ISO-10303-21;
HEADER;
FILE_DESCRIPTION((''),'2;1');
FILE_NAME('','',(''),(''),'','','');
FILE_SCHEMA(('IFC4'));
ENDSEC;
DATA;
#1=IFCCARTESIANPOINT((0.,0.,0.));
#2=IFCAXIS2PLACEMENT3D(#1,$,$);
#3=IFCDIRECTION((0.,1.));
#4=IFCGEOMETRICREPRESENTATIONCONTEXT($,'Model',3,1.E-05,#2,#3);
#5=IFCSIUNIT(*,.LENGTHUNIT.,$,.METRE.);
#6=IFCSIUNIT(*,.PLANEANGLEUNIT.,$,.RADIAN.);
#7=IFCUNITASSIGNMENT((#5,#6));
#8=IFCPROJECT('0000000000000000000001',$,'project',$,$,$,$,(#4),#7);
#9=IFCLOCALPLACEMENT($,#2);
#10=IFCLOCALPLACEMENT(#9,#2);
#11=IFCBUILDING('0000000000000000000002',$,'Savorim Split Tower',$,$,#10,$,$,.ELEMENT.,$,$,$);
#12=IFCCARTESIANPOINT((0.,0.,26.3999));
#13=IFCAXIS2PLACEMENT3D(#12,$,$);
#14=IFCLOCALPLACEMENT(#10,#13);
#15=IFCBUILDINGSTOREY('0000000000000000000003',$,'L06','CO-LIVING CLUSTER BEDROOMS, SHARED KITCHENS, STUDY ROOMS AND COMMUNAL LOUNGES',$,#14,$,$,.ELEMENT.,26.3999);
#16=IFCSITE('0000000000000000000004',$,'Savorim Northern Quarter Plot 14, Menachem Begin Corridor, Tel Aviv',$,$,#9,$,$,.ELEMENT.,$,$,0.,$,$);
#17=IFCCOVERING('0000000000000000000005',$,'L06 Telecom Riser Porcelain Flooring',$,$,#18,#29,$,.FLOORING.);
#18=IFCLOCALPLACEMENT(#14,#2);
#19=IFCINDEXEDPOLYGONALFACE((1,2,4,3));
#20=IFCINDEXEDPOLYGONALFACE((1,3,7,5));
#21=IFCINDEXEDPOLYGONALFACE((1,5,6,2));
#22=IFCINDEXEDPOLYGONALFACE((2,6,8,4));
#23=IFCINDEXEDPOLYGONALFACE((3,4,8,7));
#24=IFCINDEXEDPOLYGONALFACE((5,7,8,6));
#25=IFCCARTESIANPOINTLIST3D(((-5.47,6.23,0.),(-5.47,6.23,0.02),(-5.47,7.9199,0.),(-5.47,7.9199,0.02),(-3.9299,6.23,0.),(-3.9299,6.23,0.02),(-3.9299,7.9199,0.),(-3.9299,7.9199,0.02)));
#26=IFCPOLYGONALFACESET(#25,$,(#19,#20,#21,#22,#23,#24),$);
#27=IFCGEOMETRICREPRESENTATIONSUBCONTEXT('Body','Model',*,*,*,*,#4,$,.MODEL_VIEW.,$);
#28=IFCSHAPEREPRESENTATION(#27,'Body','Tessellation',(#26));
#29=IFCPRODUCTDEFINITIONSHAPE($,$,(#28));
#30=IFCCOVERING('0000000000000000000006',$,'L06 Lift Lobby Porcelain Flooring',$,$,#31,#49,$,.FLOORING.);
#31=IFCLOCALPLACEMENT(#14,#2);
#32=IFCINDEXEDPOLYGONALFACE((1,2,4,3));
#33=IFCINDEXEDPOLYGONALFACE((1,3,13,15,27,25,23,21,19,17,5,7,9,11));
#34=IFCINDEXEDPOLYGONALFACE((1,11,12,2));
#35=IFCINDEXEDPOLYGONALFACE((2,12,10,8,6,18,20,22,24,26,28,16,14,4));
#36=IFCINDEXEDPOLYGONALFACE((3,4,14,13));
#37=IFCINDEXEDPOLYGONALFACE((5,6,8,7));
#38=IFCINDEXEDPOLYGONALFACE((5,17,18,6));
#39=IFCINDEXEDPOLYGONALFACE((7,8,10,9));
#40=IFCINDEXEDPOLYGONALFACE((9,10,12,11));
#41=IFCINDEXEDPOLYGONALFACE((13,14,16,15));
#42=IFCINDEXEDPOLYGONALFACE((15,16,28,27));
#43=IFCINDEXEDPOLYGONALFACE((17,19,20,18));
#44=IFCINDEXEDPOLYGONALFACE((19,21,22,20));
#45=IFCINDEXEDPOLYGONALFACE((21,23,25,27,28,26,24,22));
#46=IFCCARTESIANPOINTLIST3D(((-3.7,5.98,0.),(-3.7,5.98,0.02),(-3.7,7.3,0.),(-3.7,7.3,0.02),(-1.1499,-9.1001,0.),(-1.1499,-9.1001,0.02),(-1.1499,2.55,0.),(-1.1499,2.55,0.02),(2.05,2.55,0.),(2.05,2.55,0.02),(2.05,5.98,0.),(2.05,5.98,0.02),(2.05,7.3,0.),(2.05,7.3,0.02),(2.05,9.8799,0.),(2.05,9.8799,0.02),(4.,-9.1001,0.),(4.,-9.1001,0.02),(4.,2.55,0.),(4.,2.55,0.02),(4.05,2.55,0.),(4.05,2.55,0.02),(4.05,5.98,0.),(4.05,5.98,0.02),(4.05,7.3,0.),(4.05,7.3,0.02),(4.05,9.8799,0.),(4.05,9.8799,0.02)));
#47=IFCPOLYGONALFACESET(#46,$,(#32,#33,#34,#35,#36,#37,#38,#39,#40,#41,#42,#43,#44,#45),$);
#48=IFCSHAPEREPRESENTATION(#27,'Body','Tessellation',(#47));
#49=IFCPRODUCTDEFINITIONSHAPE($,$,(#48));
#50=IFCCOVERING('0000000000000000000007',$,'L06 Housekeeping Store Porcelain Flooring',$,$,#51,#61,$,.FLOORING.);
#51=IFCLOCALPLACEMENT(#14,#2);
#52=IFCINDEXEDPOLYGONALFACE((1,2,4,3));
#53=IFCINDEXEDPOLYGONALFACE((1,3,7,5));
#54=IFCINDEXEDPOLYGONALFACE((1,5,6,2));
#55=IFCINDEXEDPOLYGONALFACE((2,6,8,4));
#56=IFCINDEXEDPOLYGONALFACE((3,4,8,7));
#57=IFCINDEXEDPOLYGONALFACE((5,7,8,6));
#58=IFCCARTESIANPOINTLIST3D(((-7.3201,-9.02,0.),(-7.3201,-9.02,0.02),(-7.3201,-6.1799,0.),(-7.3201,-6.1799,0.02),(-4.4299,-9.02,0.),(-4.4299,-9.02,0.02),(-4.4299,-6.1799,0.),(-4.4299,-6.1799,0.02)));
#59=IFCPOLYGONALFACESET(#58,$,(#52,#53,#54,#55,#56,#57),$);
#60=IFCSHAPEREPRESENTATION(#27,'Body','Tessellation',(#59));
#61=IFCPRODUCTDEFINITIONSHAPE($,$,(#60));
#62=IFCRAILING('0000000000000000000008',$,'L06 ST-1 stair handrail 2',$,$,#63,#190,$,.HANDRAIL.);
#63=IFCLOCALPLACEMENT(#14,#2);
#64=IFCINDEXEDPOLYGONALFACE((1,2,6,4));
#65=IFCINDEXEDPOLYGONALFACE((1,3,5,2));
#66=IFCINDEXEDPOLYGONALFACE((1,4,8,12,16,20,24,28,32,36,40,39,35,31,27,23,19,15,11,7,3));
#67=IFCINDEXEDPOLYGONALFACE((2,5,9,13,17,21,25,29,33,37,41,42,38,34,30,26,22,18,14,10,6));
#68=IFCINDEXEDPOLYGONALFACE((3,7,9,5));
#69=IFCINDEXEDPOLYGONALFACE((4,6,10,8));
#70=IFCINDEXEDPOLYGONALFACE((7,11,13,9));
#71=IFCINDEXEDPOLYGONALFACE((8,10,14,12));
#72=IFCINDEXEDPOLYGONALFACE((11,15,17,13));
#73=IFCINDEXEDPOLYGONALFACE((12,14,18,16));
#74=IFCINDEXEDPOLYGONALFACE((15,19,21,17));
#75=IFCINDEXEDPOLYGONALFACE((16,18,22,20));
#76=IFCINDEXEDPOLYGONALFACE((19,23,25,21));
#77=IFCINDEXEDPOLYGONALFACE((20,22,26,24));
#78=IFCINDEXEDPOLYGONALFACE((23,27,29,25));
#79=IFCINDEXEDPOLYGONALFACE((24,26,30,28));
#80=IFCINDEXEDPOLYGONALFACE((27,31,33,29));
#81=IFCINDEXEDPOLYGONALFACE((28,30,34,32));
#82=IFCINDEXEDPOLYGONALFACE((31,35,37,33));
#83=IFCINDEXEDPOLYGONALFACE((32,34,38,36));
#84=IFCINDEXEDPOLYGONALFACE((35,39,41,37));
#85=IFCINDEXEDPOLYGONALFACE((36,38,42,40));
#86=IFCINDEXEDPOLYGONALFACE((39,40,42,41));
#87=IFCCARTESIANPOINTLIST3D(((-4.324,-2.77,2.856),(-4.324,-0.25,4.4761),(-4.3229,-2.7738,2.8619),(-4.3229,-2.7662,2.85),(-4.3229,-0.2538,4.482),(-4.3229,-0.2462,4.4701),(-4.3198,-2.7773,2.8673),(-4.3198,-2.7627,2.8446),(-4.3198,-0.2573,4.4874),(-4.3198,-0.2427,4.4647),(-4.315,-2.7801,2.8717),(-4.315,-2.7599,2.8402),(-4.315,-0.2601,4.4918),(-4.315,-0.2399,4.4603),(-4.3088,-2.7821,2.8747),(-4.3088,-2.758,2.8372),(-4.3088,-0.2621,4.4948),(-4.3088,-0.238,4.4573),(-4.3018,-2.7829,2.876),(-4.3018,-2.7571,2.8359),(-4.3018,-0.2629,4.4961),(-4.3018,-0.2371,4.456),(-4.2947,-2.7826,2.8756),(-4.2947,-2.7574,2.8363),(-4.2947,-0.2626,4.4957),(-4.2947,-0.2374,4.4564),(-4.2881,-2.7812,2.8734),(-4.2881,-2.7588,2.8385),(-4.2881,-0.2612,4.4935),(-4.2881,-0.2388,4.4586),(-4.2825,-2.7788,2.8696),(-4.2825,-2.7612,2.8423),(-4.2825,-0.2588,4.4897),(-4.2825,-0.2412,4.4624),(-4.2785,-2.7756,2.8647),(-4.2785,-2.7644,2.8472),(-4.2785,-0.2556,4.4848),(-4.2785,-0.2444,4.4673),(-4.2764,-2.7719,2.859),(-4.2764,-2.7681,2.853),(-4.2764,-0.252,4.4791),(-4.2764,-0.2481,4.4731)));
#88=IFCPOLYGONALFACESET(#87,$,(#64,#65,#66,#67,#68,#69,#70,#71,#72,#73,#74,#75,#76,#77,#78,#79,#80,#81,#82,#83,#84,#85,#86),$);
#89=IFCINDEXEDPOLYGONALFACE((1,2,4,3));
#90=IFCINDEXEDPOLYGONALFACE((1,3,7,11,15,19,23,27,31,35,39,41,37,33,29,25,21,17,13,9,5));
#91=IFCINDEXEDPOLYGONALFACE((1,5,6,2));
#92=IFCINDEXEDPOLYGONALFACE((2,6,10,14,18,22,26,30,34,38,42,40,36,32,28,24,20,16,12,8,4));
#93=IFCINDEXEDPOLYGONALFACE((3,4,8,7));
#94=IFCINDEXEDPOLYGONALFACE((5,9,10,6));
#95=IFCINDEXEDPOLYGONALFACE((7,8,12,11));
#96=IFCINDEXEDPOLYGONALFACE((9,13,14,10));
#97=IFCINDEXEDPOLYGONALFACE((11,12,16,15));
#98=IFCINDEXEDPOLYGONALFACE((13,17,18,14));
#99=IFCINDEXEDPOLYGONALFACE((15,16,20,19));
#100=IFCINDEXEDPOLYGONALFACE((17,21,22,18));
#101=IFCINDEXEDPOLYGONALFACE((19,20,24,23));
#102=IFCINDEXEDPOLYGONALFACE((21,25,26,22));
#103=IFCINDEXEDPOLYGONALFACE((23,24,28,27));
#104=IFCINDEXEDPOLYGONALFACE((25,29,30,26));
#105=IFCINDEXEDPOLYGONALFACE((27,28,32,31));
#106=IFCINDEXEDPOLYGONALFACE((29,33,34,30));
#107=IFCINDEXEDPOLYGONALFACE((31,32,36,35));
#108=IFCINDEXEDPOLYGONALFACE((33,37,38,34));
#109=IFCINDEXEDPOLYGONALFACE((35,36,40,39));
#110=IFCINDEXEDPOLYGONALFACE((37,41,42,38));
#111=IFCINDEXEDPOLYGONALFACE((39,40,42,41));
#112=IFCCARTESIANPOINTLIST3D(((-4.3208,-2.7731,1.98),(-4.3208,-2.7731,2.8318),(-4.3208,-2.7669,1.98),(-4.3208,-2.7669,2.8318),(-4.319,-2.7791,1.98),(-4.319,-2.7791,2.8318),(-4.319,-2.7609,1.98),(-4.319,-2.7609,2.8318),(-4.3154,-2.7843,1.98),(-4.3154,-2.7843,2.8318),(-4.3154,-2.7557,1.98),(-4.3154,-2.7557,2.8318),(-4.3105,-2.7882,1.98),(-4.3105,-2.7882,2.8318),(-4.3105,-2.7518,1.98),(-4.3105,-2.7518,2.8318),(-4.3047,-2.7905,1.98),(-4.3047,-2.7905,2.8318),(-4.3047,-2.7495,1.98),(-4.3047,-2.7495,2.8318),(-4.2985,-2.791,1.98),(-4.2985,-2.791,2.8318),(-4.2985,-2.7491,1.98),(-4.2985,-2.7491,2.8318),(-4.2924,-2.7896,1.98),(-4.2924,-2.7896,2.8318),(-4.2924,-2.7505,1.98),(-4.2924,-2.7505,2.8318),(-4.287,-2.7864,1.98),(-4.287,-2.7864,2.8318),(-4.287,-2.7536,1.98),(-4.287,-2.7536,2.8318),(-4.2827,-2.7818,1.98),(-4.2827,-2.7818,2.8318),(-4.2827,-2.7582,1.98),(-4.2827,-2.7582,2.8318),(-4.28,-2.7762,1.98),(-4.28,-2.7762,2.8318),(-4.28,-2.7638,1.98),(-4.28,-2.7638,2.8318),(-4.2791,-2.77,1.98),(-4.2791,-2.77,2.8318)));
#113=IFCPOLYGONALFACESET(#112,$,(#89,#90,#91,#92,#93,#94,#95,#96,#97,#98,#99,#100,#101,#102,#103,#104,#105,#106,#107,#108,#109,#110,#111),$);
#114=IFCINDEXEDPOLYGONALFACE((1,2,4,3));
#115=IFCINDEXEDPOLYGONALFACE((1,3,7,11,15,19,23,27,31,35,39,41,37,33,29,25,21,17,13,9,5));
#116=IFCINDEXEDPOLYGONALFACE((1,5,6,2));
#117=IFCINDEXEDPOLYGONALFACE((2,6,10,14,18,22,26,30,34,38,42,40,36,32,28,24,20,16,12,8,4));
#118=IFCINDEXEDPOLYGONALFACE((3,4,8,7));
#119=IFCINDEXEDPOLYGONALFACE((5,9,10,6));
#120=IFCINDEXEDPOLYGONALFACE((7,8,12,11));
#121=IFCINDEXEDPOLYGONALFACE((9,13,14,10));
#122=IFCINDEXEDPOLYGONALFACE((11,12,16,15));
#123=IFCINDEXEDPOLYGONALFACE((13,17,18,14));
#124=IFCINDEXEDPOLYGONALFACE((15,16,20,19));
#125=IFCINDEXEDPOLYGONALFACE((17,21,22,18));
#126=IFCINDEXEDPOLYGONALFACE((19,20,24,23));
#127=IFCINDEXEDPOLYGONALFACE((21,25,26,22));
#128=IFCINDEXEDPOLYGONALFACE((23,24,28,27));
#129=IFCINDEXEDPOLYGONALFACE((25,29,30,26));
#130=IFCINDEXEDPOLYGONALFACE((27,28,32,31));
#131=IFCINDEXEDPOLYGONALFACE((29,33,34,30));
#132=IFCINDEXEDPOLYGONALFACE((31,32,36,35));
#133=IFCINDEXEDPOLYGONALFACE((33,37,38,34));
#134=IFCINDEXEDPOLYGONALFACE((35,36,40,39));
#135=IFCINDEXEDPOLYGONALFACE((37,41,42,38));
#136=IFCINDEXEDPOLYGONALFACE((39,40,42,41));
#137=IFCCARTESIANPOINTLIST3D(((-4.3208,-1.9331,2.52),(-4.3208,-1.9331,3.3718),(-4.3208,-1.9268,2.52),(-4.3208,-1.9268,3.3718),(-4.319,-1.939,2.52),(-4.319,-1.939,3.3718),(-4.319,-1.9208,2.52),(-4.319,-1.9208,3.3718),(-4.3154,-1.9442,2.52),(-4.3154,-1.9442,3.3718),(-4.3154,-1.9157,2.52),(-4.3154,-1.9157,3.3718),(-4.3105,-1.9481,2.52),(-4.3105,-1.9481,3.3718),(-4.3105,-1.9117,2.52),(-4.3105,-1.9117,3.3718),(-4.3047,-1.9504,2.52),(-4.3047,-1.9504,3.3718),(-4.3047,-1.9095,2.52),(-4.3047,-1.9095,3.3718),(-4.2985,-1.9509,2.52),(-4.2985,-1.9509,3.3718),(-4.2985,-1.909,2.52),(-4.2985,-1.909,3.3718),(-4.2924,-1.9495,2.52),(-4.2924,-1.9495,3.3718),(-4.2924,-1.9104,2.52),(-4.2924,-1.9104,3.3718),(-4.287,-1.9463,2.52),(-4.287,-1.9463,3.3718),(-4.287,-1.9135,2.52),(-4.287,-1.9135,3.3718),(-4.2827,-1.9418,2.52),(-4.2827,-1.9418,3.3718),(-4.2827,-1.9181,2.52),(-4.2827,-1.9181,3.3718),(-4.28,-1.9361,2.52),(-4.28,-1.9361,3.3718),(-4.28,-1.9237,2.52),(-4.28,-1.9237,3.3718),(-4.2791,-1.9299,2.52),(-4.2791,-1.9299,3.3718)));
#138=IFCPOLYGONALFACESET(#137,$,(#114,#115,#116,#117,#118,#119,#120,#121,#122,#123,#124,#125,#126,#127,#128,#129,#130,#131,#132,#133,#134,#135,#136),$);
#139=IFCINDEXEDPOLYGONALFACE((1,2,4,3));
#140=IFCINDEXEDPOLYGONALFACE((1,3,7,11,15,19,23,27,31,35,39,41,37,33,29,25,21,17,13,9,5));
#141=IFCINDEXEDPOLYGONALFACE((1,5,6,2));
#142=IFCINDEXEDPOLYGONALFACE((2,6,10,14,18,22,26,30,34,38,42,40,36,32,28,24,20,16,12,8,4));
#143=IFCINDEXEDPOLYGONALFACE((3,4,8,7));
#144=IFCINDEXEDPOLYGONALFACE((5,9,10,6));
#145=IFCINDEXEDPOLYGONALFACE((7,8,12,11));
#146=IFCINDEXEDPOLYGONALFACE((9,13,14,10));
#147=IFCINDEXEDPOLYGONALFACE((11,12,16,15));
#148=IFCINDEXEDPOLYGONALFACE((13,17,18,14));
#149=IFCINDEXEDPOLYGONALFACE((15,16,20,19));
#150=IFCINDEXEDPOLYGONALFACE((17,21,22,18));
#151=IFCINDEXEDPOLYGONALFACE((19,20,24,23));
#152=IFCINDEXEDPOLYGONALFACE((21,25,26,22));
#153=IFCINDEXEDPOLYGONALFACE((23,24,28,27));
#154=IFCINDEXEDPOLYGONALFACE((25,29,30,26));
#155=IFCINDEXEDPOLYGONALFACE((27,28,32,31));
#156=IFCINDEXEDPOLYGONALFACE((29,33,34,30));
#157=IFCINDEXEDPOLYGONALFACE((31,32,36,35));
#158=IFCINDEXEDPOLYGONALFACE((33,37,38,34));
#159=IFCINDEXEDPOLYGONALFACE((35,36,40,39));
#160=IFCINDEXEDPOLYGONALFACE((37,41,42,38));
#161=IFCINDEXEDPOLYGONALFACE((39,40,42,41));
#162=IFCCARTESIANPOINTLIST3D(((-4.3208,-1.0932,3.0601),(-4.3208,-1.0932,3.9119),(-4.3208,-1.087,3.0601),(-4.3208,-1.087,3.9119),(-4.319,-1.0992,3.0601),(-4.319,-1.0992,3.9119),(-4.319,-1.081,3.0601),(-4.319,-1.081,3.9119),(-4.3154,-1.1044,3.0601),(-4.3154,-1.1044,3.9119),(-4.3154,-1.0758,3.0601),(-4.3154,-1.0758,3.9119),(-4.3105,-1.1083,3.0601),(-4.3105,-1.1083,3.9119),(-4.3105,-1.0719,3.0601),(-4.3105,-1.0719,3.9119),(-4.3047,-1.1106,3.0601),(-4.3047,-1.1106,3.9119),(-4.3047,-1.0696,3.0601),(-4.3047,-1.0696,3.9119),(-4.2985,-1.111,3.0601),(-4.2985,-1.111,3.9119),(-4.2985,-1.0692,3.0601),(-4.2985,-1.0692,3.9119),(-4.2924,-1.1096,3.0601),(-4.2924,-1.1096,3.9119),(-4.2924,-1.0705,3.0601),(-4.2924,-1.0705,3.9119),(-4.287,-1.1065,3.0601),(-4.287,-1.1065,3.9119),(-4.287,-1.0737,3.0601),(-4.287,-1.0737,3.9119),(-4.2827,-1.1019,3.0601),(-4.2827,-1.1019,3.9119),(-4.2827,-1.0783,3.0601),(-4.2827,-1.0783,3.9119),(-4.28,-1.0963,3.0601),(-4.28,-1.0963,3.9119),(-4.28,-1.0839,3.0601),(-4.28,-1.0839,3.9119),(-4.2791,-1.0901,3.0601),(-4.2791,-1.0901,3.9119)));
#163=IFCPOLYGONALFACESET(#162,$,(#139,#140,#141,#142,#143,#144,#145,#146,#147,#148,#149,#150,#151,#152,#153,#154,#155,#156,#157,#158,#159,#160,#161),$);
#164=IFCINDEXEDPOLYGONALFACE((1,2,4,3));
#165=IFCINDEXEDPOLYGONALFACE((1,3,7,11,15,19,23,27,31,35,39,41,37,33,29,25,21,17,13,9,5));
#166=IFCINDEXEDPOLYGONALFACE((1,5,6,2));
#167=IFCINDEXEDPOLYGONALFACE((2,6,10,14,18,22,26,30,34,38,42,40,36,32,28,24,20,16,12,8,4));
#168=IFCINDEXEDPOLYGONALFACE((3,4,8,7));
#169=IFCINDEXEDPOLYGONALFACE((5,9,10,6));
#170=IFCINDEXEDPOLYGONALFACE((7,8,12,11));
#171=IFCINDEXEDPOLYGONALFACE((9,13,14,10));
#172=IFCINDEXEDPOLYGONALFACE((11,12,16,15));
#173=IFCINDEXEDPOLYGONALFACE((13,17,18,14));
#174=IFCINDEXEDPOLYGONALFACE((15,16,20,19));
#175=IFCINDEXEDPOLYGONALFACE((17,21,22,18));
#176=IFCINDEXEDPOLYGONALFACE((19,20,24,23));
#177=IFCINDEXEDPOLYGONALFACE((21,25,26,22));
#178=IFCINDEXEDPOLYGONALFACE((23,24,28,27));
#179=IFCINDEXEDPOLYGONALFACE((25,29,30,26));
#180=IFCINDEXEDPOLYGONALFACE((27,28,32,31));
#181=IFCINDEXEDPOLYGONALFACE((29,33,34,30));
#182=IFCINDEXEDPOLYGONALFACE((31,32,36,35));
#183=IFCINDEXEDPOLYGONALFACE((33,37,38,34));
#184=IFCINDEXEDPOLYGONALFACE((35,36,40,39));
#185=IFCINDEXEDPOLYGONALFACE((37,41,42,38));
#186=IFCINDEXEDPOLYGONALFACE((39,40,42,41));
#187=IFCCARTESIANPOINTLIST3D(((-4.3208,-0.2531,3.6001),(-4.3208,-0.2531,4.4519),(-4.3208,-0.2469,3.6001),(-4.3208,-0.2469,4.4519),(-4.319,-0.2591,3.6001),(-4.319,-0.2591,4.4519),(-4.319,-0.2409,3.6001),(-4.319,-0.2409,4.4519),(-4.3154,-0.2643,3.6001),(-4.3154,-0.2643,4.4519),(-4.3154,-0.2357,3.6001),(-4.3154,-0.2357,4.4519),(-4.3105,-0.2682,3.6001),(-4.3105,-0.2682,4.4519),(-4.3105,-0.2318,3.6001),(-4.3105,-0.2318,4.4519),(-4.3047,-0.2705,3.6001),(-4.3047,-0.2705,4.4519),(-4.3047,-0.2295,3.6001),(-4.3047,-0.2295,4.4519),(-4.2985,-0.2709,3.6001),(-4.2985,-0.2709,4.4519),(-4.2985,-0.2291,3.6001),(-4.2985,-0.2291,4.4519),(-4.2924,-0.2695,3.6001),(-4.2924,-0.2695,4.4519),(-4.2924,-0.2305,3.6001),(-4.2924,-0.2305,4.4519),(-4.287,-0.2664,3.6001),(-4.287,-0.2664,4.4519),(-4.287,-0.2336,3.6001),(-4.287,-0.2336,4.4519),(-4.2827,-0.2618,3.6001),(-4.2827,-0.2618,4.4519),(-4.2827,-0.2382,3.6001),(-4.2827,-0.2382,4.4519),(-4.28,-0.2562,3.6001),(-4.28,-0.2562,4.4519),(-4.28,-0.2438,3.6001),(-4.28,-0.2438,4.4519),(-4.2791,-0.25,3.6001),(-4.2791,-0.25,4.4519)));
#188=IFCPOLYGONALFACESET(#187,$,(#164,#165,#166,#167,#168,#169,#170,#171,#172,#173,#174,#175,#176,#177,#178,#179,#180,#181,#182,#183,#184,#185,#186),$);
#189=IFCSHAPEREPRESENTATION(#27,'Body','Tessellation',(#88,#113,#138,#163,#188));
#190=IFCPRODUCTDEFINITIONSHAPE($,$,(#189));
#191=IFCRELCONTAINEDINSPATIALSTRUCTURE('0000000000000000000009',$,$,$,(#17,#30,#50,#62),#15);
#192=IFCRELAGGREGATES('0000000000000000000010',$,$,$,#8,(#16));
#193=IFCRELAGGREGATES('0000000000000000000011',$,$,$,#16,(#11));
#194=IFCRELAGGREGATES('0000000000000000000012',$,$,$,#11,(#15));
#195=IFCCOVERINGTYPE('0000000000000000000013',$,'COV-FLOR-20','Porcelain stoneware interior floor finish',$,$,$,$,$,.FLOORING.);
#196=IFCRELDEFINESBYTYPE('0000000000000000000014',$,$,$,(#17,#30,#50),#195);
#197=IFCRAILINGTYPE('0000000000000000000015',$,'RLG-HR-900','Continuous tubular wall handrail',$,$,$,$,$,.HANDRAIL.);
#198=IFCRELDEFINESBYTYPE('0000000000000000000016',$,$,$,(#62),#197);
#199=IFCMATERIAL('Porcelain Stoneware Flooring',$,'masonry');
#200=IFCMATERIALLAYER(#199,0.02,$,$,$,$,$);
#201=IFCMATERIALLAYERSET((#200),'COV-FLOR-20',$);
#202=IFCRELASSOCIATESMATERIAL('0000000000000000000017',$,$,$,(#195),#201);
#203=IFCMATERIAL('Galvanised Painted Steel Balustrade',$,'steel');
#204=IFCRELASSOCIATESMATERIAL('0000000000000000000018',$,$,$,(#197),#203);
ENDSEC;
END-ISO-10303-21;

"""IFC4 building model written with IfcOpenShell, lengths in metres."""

from ifc_helpers import new_model, si_unit, direction, frame, origin, origin_2d, place, context, subcontext, project, spatial, polyline, circle, outline, extrude, material, layer, layer_set, type_object, element, save


model = new_model("IFC4")

# Units and contexts
model_context = context("Model", 3, precision=1e-05, world=origin(), true_north=direction((0.0, 1.0)))
body_context = subcontext(model_context, "Body", "Model", "MODEL_VIEW")
ifc_project = project(units=[si_unit("LENGTHUNIT", "METRE"), si_unit("PLANEANGLEUNIT", "RADIAN")], contexts=[model_context])

# Site, building, storey
site_placement = place(None, origin())
site = spatial("IfcSite", under=ifc_project, at=site_placement, Name="Savorim Northern Quarter Plot 14, Menachem Begin Corridor, Tel Aviv", CompositionType="ELEMENT", RefElevation=0.0)
building_placement = place(site_placement, origin())
building = spatial("IfcBuilding", under=site, at=building_placement, Name="Savorim Split Tower", CompositionType="ELEMENT")
storey_placement = place(building_placement, frame((0.0, 0.0, 26.3999)))
storey = spatial("IfcBuildingStorey", under=building, at=storey_placement, Name="L06", Description="CO-LIVING CLUSTER BEDROOMS, SHARED KITCHENS, STUDY ROOMS AND COMMUNAL LOUNGES", CompositionType="ELEMENT", Elevation=26.3999)

# Coverings
ifc_material_1 = material(Name="Porcelain Stoneware Flooring", Category="masonry")
ifc_layer_1 = layer(ifc_material_1, 0.02)
ifc_layer_set_1 = layer_set([ifc_layer_1], Name="COV-FLOR-20")
covering_type_1 = type_object("IfcCoveringType", Name="COV-FLOR-20", Description="Porcelain stoneware interior floor finish", PredefinedType="FLOORING", material=ifc_layer_set_1)
covering_1_placement = place(storey_placement, origin())
element("IfcCovering", 1, at=covering_1_placement, inside=storey, type_object=covering_type_1, Name="L06 Telecom Riser Porcelain Flooring", PredefinedType="FLOORING", context=body_context, shape_type="SweptSolid", body=[
    extrude(outline(polyline([(-5.47, 7.9199), (-5.47, 6.23), (-3.9299, 6.23), (-3.9299, 7.9199), (-5.47, 7.9199)])), origin(), (0.0, 0.0, 1.0), 0.02),
])
covering_2_placement = place(storey_placement, origin())
element("IfcCovering", 2, at=covering_2_placement, inside=storey, type_object=covering_type_1, Name="L06 Lift Lobby Porcelain Flooring", PredefinedType="FLOORING", context=body_context, shape_type="SweptSolid", body=[
    extrude(outline(polyline([(2.05, 2.55), (-1.1499, 2.55), (-1.1499, -9.1001), (4.0, -9.1001), (4.0, 2.55), (4.05, 2.55), (4.05, 5.98), (4.05, 7.3), (4.05, 9.8799), (2.05, 9.8799), (2.05, 7.3), (-3.7, 7.3), (-3.7, 5.98), (2.05, 5.98), (2.05, 2.55)])), origin(), (0.0, 0.0, 1.0), 0.02),
])
covering_3_placement = place(storey_placement, origin())
element("IfcCovering", 3, at=covering_3_placement, inside=storey, type_object=covering_type_1, Name="L06 Housekeeping Store Porcelain Flooring", PredefinedType="FLOORING", context=body_context, shape_type="SweptSolid", body=[
    extrude(outline(polyline([(-7.3201, -6.1799), (-7.3201, -9.02), (-4.4299, -9.02), (-4.4299, -6.1799), (-7.3201, -6.1799)])), origin(), (0.0, 0.0, 1.0), 0.02),
])

# Railing
ifc_material_2 = material(Name="Galvanised Painted Steel Balustrade", Category="steel")
railing_type_1 = type_object("IfcRailingType", Name="RLG-HR-900", Description="Continuous tubular wall handrail", PredefinedType="HANDRAIL", material=ifc_material_2)
railing_1_placement = place(storey_placement, frame((-4.3, -2.77, 1.98)))
element("IfcRailing", 4, at=railing_1_placement, inside=storey, type_object=railing_type_1, Name="L06 ST-1 stair handrail 2", PredefinedType="HANDRAIL", context=body_context, shape_type="SweptSolid", body=[
    extrude(circle(Radius=0.0239, at=origin_2d()), frame((0.0, 0.0, 0.876), z_axis=(0.0, 0.841163, 0.540782), x_axis=(-1.0, 0.0, 0.0)), (0.0, 0.0, 1.0), 2.9958),
    extrude(circle(Radius=0.021, at=origin_2d()), origin(), (0.0, 0.0, 1.0), 0.8518),
    extrude(circle(Radius=0.021, at=origin_2d()), frame((0.0, 0.8401, 0.54)), (0.0, 0.0, 1.0), 0.8518),
    extrude(circle(Radius=0.021, at=origin_2d()), frame((0.0, 1.6799, 1.0801)), (0.0, 0.0, 1.0), 0.8518),
    extrude(circle(Radius=0.021, at=origin_2d()), frame((0.0, 2.52, 1.6201)), (0.0, 0.0, 1.0), 0.8518),
])

save(model, "model.ifc")
